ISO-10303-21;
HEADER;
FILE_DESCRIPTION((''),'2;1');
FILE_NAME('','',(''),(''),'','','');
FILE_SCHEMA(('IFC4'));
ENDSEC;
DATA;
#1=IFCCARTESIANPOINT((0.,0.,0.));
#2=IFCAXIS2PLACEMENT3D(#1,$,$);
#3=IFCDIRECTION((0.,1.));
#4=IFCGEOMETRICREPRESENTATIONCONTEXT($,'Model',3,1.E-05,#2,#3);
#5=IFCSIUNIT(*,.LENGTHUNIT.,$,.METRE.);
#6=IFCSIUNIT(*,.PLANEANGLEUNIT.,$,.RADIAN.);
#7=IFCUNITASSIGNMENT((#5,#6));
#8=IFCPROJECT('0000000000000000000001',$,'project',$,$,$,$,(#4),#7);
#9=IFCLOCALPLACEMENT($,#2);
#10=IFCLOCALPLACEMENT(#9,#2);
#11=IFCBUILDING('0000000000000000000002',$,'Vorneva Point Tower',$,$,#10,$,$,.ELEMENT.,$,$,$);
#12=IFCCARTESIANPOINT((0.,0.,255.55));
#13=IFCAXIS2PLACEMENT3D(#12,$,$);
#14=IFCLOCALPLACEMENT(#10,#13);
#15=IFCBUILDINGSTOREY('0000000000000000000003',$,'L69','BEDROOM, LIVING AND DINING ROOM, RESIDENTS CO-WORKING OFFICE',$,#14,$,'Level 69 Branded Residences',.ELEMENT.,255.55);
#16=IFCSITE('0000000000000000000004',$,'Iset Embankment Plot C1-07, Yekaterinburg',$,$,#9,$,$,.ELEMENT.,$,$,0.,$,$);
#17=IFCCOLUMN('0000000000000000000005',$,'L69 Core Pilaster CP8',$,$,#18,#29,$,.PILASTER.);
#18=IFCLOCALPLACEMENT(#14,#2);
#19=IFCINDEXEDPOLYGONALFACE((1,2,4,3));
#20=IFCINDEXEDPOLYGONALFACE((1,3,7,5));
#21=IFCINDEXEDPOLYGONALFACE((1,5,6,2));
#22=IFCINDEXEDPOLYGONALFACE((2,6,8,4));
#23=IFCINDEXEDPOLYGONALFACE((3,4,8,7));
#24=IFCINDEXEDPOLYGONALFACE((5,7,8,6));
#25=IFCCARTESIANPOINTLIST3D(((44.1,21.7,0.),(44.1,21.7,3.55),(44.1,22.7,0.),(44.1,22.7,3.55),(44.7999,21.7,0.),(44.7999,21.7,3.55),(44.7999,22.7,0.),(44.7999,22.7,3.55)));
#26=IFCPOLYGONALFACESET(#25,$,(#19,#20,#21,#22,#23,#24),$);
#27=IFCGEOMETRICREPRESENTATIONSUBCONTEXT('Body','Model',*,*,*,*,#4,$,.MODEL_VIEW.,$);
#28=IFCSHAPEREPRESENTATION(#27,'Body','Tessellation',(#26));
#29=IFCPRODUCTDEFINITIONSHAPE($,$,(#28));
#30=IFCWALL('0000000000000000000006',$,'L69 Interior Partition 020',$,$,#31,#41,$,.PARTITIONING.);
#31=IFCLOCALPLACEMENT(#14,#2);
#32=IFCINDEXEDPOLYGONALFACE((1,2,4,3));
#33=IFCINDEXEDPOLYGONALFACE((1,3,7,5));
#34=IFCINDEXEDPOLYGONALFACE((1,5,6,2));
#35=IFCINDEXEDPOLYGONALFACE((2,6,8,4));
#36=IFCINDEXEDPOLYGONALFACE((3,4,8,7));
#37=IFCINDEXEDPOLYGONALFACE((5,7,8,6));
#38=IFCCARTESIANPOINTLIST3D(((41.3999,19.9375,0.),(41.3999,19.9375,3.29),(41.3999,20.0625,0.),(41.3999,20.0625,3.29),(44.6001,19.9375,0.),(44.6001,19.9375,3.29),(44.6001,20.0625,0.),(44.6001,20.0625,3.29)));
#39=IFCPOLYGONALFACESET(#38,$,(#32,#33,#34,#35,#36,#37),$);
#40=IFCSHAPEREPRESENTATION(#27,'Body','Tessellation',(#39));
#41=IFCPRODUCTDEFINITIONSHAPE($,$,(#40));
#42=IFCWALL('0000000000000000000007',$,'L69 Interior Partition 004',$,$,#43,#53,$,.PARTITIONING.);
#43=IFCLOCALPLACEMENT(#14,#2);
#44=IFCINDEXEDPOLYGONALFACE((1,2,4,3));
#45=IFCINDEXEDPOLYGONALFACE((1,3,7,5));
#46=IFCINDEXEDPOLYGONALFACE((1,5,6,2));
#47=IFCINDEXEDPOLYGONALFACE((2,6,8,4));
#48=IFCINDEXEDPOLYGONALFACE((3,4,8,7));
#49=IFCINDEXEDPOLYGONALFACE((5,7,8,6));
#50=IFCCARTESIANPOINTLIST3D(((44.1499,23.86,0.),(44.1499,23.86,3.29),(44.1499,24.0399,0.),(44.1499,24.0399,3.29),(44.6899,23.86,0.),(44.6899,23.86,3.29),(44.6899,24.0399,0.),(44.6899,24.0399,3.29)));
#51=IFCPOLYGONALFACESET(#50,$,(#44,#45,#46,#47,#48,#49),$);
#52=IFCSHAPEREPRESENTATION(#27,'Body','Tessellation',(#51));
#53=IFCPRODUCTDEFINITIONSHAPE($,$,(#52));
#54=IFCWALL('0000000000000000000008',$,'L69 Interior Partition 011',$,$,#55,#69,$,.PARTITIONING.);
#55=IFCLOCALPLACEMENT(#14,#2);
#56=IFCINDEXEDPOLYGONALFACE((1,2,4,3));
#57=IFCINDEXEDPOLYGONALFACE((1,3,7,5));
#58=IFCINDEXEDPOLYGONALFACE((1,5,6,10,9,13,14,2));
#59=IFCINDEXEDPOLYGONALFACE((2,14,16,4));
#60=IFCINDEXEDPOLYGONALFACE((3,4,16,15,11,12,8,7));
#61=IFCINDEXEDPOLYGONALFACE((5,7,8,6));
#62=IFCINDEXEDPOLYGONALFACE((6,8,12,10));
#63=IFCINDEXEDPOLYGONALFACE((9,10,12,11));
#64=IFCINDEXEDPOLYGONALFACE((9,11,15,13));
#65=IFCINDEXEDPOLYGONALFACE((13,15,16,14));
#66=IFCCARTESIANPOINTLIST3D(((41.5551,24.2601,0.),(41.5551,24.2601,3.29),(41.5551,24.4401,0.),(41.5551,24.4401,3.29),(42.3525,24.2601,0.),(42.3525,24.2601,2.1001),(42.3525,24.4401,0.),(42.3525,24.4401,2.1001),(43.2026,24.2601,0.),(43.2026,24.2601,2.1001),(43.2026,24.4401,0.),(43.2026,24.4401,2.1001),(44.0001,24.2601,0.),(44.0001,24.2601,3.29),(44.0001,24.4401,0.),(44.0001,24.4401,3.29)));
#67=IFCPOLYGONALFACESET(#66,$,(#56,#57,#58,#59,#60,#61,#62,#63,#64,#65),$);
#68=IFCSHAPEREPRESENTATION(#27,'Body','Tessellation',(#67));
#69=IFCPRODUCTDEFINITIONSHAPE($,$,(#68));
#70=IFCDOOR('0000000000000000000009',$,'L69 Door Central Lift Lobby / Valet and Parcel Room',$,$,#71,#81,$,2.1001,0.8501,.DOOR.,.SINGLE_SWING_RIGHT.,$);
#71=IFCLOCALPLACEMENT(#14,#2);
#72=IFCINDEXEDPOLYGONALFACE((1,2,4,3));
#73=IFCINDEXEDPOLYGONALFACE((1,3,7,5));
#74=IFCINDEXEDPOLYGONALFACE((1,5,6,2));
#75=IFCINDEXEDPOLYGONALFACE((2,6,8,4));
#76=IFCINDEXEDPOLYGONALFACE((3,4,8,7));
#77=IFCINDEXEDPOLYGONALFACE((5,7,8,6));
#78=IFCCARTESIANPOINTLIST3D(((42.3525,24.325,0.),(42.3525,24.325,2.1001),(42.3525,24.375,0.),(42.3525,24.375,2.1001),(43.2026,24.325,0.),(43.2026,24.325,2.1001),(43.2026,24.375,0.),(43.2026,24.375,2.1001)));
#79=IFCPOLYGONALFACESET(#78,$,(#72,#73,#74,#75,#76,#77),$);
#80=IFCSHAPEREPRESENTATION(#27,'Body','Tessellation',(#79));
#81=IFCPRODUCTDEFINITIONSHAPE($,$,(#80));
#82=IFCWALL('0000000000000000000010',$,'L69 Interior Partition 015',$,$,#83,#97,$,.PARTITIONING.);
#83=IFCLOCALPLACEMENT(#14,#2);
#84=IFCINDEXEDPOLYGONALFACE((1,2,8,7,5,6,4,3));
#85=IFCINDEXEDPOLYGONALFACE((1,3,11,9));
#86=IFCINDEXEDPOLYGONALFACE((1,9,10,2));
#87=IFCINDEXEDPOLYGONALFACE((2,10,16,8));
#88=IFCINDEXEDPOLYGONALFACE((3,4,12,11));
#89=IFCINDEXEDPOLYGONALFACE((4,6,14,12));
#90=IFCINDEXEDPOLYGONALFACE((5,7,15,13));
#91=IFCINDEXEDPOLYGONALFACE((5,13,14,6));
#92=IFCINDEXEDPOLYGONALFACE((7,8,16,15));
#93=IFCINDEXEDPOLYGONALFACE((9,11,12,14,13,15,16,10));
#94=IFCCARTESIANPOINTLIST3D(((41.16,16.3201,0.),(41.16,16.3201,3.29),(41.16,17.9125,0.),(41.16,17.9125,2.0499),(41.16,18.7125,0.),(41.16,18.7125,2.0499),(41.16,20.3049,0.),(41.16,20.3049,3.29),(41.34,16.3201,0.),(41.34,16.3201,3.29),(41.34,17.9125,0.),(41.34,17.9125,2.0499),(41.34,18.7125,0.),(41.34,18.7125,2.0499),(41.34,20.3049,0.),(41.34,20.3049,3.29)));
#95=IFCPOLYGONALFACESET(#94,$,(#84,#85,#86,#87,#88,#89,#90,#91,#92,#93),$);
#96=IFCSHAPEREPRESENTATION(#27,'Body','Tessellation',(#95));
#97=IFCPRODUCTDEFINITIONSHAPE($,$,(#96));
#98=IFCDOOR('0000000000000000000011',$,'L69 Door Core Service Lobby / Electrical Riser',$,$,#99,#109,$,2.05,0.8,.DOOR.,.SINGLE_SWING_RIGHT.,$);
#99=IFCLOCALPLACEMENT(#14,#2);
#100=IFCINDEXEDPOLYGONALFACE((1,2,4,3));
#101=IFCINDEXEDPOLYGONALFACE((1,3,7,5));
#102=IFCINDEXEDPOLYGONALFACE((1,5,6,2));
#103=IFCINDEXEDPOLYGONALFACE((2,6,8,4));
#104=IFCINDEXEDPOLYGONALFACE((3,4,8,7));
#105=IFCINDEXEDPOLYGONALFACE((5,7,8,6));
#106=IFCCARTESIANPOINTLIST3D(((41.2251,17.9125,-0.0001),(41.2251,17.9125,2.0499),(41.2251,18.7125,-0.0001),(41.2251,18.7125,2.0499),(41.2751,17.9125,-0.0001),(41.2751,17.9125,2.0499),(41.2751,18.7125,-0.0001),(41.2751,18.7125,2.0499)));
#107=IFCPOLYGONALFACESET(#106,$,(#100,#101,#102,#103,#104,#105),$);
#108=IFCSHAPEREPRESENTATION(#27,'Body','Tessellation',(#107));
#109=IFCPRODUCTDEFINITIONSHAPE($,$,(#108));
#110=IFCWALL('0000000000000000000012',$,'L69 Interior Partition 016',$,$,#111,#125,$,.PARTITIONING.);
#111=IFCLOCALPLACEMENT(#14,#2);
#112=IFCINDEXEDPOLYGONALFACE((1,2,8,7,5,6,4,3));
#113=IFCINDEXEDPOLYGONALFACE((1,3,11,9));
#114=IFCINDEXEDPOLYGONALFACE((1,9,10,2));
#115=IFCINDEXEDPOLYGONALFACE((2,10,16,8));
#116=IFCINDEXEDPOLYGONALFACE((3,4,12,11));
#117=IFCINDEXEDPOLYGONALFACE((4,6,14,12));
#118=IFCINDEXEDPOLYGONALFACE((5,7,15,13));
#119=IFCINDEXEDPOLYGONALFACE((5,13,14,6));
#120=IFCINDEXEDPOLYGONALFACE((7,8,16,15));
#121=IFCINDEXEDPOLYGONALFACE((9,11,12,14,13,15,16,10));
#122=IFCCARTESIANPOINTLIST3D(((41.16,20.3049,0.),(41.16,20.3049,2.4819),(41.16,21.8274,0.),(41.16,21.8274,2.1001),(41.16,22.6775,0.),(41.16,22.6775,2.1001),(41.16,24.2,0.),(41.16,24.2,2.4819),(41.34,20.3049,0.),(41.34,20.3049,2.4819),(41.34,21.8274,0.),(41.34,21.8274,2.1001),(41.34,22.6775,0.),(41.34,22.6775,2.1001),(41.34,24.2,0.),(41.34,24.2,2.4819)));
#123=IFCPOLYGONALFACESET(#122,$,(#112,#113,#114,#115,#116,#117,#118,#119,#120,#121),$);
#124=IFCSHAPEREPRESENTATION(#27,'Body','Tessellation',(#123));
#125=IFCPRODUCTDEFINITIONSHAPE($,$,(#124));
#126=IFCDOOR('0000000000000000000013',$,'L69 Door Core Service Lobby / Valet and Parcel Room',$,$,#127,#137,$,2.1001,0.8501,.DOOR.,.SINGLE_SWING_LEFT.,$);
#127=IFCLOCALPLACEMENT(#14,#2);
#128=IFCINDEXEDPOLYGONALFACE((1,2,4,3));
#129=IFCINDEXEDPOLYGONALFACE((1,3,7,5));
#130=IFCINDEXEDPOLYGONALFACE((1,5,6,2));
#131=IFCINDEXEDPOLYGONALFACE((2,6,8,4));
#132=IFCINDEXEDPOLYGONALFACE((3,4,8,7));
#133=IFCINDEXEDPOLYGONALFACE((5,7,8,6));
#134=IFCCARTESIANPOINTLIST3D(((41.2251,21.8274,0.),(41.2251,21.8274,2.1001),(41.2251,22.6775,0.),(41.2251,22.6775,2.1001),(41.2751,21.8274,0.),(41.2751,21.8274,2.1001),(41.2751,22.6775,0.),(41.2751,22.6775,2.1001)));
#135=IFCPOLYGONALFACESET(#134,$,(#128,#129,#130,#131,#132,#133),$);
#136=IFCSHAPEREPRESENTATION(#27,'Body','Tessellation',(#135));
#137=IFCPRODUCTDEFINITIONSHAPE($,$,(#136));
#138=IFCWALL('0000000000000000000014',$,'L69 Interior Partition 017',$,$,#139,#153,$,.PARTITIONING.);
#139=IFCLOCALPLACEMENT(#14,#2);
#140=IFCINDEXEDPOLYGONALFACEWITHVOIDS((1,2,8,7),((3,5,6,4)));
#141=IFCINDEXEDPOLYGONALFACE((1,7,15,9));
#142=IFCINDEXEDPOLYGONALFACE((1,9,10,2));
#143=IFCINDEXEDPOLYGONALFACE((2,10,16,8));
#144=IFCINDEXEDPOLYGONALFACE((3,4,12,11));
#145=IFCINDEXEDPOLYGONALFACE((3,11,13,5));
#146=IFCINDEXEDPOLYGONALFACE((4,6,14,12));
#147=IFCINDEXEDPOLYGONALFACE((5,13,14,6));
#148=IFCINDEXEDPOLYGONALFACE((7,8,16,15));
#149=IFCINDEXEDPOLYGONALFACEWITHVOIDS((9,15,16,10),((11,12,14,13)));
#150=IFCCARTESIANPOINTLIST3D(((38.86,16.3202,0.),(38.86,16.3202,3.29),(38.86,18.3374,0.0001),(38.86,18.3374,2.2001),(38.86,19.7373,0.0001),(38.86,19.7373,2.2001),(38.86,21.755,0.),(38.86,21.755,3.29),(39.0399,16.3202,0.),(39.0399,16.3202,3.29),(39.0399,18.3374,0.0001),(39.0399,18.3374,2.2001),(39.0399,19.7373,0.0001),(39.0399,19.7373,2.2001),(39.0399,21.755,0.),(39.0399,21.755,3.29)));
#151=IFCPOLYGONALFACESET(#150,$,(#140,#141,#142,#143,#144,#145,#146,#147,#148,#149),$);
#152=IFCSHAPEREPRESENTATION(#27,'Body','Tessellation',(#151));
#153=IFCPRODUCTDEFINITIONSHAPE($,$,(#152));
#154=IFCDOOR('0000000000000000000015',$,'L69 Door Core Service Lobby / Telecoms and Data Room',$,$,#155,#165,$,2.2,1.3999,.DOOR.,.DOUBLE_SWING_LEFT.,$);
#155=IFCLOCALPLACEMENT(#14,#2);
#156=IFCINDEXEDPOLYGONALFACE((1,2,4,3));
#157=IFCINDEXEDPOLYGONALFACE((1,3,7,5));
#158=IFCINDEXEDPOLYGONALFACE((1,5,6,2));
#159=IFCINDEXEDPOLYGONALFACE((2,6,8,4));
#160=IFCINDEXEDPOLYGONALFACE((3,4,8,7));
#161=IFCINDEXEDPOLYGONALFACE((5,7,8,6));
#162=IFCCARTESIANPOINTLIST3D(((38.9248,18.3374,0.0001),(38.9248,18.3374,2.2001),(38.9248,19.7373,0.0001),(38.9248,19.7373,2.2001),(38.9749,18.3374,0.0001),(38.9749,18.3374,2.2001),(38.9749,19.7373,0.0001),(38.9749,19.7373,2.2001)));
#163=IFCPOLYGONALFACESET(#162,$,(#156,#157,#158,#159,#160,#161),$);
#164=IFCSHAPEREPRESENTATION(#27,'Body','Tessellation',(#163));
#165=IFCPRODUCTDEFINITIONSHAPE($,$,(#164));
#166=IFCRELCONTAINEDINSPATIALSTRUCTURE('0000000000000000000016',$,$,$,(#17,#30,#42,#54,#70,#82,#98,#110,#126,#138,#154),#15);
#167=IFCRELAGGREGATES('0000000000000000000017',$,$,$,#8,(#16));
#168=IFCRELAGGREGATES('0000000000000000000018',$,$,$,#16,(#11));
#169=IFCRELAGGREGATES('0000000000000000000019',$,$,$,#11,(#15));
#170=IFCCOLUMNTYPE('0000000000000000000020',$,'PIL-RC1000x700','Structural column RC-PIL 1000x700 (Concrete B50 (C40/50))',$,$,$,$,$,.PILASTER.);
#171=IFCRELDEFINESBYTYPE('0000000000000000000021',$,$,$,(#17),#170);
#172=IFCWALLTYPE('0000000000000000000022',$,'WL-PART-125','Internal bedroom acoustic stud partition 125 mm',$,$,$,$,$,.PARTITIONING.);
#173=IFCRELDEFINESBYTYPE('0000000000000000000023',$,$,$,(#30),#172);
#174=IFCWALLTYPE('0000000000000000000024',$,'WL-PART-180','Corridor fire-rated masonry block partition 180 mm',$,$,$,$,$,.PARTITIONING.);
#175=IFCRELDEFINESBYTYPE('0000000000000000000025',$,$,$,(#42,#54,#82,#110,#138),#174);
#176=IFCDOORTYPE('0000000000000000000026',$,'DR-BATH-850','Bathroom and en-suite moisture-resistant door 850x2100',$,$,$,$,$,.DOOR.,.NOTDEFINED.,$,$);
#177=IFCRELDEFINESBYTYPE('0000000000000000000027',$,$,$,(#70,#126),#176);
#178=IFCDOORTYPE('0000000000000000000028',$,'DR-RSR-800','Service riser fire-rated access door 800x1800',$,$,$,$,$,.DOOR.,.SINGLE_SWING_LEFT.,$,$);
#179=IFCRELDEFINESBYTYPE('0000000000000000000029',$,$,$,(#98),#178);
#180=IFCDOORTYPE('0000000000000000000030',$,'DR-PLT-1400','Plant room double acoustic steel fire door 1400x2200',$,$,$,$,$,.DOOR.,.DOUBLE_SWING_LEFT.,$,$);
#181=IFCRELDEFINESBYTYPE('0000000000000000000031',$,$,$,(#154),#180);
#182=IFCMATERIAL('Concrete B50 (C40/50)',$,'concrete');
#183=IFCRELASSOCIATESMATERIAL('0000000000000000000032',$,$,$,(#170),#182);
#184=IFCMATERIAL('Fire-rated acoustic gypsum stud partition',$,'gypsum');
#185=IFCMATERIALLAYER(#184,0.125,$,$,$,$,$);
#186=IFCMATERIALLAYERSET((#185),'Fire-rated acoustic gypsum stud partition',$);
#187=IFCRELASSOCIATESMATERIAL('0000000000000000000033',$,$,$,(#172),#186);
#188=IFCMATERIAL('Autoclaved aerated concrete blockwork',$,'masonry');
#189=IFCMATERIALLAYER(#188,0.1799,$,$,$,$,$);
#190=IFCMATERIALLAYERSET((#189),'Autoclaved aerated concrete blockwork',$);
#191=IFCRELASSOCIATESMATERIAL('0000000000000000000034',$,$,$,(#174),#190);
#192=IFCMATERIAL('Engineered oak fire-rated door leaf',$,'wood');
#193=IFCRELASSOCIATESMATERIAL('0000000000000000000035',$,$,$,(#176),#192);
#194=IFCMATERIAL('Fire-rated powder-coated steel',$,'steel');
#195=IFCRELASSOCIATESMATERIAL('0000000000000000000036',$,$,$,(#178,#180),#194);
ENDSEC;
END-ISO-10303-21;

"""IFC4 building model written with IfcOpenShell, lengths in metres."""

from ifc_helpers import new_model, si_unit, direction, frame, frame_2d, origin, origin_2d, place, context, subcontext, project, spatial, rectangle, extrude, material, layer, layer_set, material_profile, profile_set, type_object, element, fill, save


model = new_model("IFC4")

# Units and contexts
model_context = context("Model", 3, precision=1e-05, world=origin(), true_north=direction((0.0, 1.0)))
body_context = subcontext(model_context, "Body", "Model", "MODEL_VIEW")
ifc_project = project(units=[si_unit("LENGTHUNIT", "METRE"), si_unit("PLANEANGLEUNIT", "RADIAN")], contexts=[model_context])

# Site, building, storey
site_placement = place(None, origin())
site = spatial("IfcSite", under=ifc_project, at=site_placement, Name="Iset Embankment Plot C1-07, Yekaterinburg", CompositionType="ELEMENT", RefElevation=0.0)
building_placement = place(site_placement, origin())
building = spatial("IfcBuilding", under=site, at=building_placement, Name="Vorneva Point Tower", CompositionType="ELEMENT")
storey_placement = place(building_placement, frame((0.0, 0.0, 255.55)))
storey = spatial("IfcBuildingStorey", under=building, at=storey_placement, Name="L69", Description="BEDROOM, LIVING AND DINING ROOM, RESIDENTS CO-WORKING OFFICE", LongName="Level 69 Branded Residences", CompositionType="ELEMENT", Elevation=255.55)

# Column
ifc_material_1 = material(Name="Concrete B50 (C40/50)", Category="concrete")
ifc_material_profile = material_profile(ifc_material_1, rectangle(XDim=0.7, YDim=1.0, at=origin_2d()), Name="RC-PIL 1000x700")
ifc_profile_set = profile_set([ifc_material_profile], Name="Concrete B50 (C40/50)")
column_type = type_object("IfcColumnType", Name="PIL-RC1000x700", Description="Structural column RC-PIL 1000x700 (Concrete B50 (C40/50))", PredefinedType="PILASTER", material=ifc_profile_set)
column_placement = place(storey_placement, frame((44.45, 22.2, 0.0), z_axis=(0.0, 0.0, 1.0), x_axis=(1.0, 0.0, 0.0)))
element("IfcColumn", 1, at=column_placement, inside=storey, type_object=column_type, Name="L69 Core Pilaster CP8", PredefinedType="PILASTER", context=body_context, shape_type="SweptSolid", body=[
    extrude(rectangle(XDim=0.7, YDim=1.0, at=origin_2d()), origin(), (0.0, 0.0, 1.0), 3.55),
])

# Walls
ifc_material_2 = material(Name="Fire-rated acoustic gypsum stud partition", Category="gypsum")
ifc_layer_1 = layer(ifc_material_2, 0.125)
ifc_layer_set_1 = layer_set([ifc_layer_1], Name="Fire-rated acoustic gypsum stud partition")
wall_type_1 = type_object("IfcWallType", Name="WL-PART-125", Description="Internal bedroom acoustic stud partition 125 mm", PredefinedType="PARTITIONING", material=ifc_layer_set_1)
wall_1_placement = place(storey_placement, frame((44.6001, 20.0, 0.0), z_axis=(0.0, 0.0, 1.0), x_axis=(-1.0, 0.0, 0.0)))
element("IfcWall", 2, at=wall_1_placement, inside=storey, type_object=wall_type_1, Name="L69 Interior Partition 020", PredefinedType="PARTITIONING", context=body_context, shape_type="SweptSolid", body=[
    extrude(rectangle(XDim=3.2002, YDim=0.125, at=frame_2d((1.6001, 0.0))), origin(), (0.0, 0.0, 1.0), 3.29),
])
ifc_material_3 = material(Name="Autoclaved aerated concrete blockwork", Category="masonry")
ifc_layer_2 = layer(ifc_material_3, 0.1799)
ifc_layer_set_2 = layer_set([ifc_layer_2], Name="Autoclaved aerated concrete blockwork")
wall_type_2 = type_object("IfcWallType", Name="WL-PART-180", Description="Corridor fire-rated masonry block partition 180 mm", PredefinedType="PARTITIONING", material=ifc_layer_set_2)
wall_2_placement = place(storey_placement, frame((44.1499, 23.95, 0.0), z_axis=(0.0, 0.0, 1.0), x_axis=(1.0, 0.0, 0.0)))
element("IfcWall", 3, at=wall_2_placement, inside=storey, type_object=wall_type_2, Name="L69 Interior Partition 004", PredefinedType="PARTITIONING", context=body_context, shape_type="SweptSolid", body=[
    extrude(rectangle(XDim=0.54, YDim=0.1799, at=frame_2d((0.27, 0.0))), origin(), (0.0, 0.0, 1.0), 3.29),
])

# Walls, openings, doors
ifc_material_4 = material(Name="Fire-rated powder-coated steel", Category="steel")
wall_3_placement = place(storey_placement, frame((41.5549, 24.3501, 0.0), z_axis=(0.0, 0.0, 1.0), x_axis=(1.0, 0.0, 0.0)))
wall_3 = element("IfcWall", 4, at=wall_3_placement, inside=storey, type_object=wall_type_2, Name="L69 Interior Partition 011", PredefinedType="PARTITIONING", context=body_context, shape_type="SweptSolid", body=[
    extrude(rectangle(XDim=2.4451, YDim=0.1799, at=frame_2d((1.2227, 0.0))), origin(), (0.0, 0.0, 1.0), 3.29),
])
opening_1_placement = place(wall_3_placement, frame((0.7976, 0.0, 0.0)))
opening_1 = element("IfcOpeningElement", 5, at=opening_1_placement, cuts=wall_3, PredefinedType="OPENING", context=body_context, shape_type="SweptSolid", body=[
    extrude(rectangle(XDim=0.8501, YDim=2.1001, at=frame_2d((0.425, 1.05))), frame((0.0, 0.105, 0.0), z_axis=(0.0, -1.0, 0.0), x_axis=(1.0, 0.0, 0.0)), (0.0, 0.0, 1.0), 0.2097),
])
ifc_material_5 = material(Name="Engineered oak fire-rated door leaf", Category="wood")
door_type_1 = type_object("IfcDoorType", Name="DR-BATH-850", Description="Bathroom and en-suite moisture-resistant door 850x2100", OperationType="NOTDEFINED", PredefinedType="DOOR", material=ifc_material_5)
door_1_placement = place(opening_1_placement, origin())
door_1 = element("IfcDoor", 6, at=door_1_placement, inside=storey, type_object=door_type_1, Name="L69 Door Central Lift Lobby / Valet and Parcel Room", OperationType="SINGLE_SWING_RIGHT", OverallHeight=2.1001, OverallWidth=0.8501, PredefinedType="DOOR", context=body_context, shape_type="SweptSolid", body=[
    extrude(rectangle(XDim=0.8501, YDim=2.1001, at=frame_2d((0.425, 1.05))), frame((0.0, 0.0249, 0.0), z_axis=(0.0, -1.0, 0.0), x_axis=(1.0, 0.0, 0.0)), (0.0, 0.0, 1.0), 0.05),
])
fill(opening_1, door_1)
wall_4_placement = place(storey_placement, frame((41.25, 16.3201, 0.0), z_axis=(0.0, 0.0, 1.0), x_axis=(0.0, 1.0, 0.0)))
wall_4 = element("IfcWall", 7, at=wall_4_placement, inside=storey, type_object=wall_type_2, Name="L69 Interior Partition 015", PredefinedType="PARTITIONING", context=body_context, shape_type="SweptSolid", body=[
    extrude(rectangle(XDim=3.9849, YDim=0.1799, at=frame_2d((1.9924, 0.0))), origin(), (0.0, 0.0, 1.0), 3.29),
])
opening_2_placement = place(wall_4_placement, frame((1.5925, 0.0, 0.0)))
opening_2 = element("IfcOpeningElement", 8, at=opening_2_placement, cuts=wall_4, PredefinedType="OPENING", context=body_context, shape_type="SweptSolid", body=[
    extrude(rectangle(XDim=0.8, YDim=2.05, at=frame_2d((0.3999, 1.0249))), frame((0.0, 0.105, 0.0), z_axis=(0.0, -1.0, 0.0), x_axis=(1.0, 0.0, 0.0)), (0.0, 0.0, 1.0), 0.2097),
])
door_type_2 = type_object("IfcDoorType", Name="DR-RSR-800", Description="Service riser fire-rated access door 800x1800", OperationType="SINGLE_SWING_LEFT", PredefinedType="DOOR", material=ifc_material_4)
door_2_placement = place(opening_2_placement, origin())
door_2 = element("IfcDoor", 9, at=door_2_placement, inside=storey, type_object=door_type_2, Name="L69 Door Core Service Lobby / Electrical Riser", OperationType="SINGLE_SWING_RIGHT", OverallHeight=2.05, OverallWidth=0.8, PredefinedType="DOOR", context=body_context, shape_type="SweptSolid", body=[
    extrude(rectangle(XDim=0.8, YDim=2.05, at=frame_2d((0.3999, 1.0249))), frame((0.0, 0.0249, 0.0), z_axis=(0.0, -1.0, 0.0), x_axis=(1.0, 0.0, 0.0)), (0.0, 0.0, 1.0), 0.05),
])
fill(opening_2, door_2)
wall_5_placement = place(storey_placement, frame((41.25, 20.3049, 0.0), z_axis=(0.0, 0.0, 1.0), x_axis=(0.0, 1.0, 0.0)))
wall_5 = element("IfcWall", 10, at=wall_5_placement, inside=storey, type_object=wall_type_2, Name="L69 Interior Partition 016", PredefinedType="PARTITIONING", context=body_context, shape_type="SweptSolid", body=[
    extrude(rectangle(XDim=3.895, YDim=0.1799, at=frame_2d((1.9475, 0.0))), origin(), (0.0, 0.0, 1.0), 2.4819),
])
opening_3_placement = place(wall_5_placement, frame((1.5225, 0.0, 0.0)))
opening_3 = element("IfcOpeningElement", 11, at=opening_3_placement, cuts=wall_5, PredefinedType="OPENING", context=body_context, shape_type="SweptSolid", body=[
    extrude(rectangle(XDim=0.8501, YDim=2.1001, at=frame_2d((0.425, 1.05))), frame((0.0, 0.105, 0.0), z_axis=(0.0, -1.0, 0.0), x_axis=(1.0, 0.0, 0.0)), (0.0, 0.0, 1.0), 0.2097),
])
door_3_placement = place(opening_3_placement, origin())
door_3 = element("IfcDoor", 12, at=door_3_placement, inside=storey, type_object=door_type_1, Name="L69 Door Core Service Lobby / Valet and Parcel Room", OperationType="SINGLE_SWING_LEFT", OverallHeight=2.1001, OverallWidth=0.8501, PredefinedType="DOOR", context=body_context, shape_type="SweptSolid", body=[
    extrude(rectangle(XDim=0.8501, YDim=2.1001, at=frame_2d((0.425, 1.05))), frame((0.0, 0.0249, 0.0), z_axis=(0.0, -1.0, 0.0), x_axis=(1.0, 0.0, 0.0)), (0.0, 0.0, 1.0), 0.05),
])
fill(opening_3, door_3)
wall_6_placement = place(storey_placement, frame((38.95, 21.7549, 0.0), z_axis=(0.0, 0.0, 1.0), x_axis=(0.0, -1.0, 0.0)))
wall_6 = element("IfcWall", 13, at=wall_6_placement, inside=storey, type_object=wall_type_2, Name="L69 Interior Partition 017", PredefinedType="PARTITIONING", context=body_context, shape_type="SweptSolid", body=[
    extrude(rectangle(XDim=5.4348, YDim=0.1799, at=frame_2d((2.7173, 0.0))), origin(), (0.0, 0.0, 1.0), 3.29),
])
opening_4_placement = place(wall_6_placement, frame((2.0176, 0.0, 0.0)))
opening_4 = element("IfcOpeningElement", 14, at=opening_4_placement, cuts=wall_6, PredefinedType="OPENING", context=body_context, shape_type="SweptSolid", body=[
    extrude(rectangle(XDim=1.3999, YDim=2.2, at=frame_2d((0.7, 1.1001))), frame((0.0, 0.105, 0.0), z_axis=(0.0, -1.0, 0.0), x_axis=(1.0, 0.0, 0.0)), (0.0, 0.0, 1.0), 0.2097),
])
door_type_3 = type_object("IfcDoorType", Name="DR-PLT-1400", Description="Plant room double acoustic steel fire door 1400x2200", OperationType="DOUBLE_SWING_LEFT", PredefinedType="DOOR", material=ifc_material_4)
door_4_placement = place(opening_4_placement, origin())
door_4 = element("IfcDoor", 15, at=door_4_placement, inside=storey, type_object=door_type_3, Name="L69 Door Core Service Lobby / Telecoms and Data Room", OperationType="DOUBLE_SWING_LEFT", OverallHeight=2.2, OverallWidth=1.3999, PredefinedType="DOOR", context=body_context, shape_type="SweptSolid", body=[
    extrude(rectangle(XDim=1.3999, YDim=2.2, at=frame_2d((0.7, 1.1001))), frame((0.0, 0.0249, 0.0), z_axis=(0.0, -1.0, 0.0), x_axis=(1.0, 0.0, 0.0)), (0.0, 0.0, 1.0), 0.05),
])
fill(opening_4, door_4)

save(model, "model.ifc")
